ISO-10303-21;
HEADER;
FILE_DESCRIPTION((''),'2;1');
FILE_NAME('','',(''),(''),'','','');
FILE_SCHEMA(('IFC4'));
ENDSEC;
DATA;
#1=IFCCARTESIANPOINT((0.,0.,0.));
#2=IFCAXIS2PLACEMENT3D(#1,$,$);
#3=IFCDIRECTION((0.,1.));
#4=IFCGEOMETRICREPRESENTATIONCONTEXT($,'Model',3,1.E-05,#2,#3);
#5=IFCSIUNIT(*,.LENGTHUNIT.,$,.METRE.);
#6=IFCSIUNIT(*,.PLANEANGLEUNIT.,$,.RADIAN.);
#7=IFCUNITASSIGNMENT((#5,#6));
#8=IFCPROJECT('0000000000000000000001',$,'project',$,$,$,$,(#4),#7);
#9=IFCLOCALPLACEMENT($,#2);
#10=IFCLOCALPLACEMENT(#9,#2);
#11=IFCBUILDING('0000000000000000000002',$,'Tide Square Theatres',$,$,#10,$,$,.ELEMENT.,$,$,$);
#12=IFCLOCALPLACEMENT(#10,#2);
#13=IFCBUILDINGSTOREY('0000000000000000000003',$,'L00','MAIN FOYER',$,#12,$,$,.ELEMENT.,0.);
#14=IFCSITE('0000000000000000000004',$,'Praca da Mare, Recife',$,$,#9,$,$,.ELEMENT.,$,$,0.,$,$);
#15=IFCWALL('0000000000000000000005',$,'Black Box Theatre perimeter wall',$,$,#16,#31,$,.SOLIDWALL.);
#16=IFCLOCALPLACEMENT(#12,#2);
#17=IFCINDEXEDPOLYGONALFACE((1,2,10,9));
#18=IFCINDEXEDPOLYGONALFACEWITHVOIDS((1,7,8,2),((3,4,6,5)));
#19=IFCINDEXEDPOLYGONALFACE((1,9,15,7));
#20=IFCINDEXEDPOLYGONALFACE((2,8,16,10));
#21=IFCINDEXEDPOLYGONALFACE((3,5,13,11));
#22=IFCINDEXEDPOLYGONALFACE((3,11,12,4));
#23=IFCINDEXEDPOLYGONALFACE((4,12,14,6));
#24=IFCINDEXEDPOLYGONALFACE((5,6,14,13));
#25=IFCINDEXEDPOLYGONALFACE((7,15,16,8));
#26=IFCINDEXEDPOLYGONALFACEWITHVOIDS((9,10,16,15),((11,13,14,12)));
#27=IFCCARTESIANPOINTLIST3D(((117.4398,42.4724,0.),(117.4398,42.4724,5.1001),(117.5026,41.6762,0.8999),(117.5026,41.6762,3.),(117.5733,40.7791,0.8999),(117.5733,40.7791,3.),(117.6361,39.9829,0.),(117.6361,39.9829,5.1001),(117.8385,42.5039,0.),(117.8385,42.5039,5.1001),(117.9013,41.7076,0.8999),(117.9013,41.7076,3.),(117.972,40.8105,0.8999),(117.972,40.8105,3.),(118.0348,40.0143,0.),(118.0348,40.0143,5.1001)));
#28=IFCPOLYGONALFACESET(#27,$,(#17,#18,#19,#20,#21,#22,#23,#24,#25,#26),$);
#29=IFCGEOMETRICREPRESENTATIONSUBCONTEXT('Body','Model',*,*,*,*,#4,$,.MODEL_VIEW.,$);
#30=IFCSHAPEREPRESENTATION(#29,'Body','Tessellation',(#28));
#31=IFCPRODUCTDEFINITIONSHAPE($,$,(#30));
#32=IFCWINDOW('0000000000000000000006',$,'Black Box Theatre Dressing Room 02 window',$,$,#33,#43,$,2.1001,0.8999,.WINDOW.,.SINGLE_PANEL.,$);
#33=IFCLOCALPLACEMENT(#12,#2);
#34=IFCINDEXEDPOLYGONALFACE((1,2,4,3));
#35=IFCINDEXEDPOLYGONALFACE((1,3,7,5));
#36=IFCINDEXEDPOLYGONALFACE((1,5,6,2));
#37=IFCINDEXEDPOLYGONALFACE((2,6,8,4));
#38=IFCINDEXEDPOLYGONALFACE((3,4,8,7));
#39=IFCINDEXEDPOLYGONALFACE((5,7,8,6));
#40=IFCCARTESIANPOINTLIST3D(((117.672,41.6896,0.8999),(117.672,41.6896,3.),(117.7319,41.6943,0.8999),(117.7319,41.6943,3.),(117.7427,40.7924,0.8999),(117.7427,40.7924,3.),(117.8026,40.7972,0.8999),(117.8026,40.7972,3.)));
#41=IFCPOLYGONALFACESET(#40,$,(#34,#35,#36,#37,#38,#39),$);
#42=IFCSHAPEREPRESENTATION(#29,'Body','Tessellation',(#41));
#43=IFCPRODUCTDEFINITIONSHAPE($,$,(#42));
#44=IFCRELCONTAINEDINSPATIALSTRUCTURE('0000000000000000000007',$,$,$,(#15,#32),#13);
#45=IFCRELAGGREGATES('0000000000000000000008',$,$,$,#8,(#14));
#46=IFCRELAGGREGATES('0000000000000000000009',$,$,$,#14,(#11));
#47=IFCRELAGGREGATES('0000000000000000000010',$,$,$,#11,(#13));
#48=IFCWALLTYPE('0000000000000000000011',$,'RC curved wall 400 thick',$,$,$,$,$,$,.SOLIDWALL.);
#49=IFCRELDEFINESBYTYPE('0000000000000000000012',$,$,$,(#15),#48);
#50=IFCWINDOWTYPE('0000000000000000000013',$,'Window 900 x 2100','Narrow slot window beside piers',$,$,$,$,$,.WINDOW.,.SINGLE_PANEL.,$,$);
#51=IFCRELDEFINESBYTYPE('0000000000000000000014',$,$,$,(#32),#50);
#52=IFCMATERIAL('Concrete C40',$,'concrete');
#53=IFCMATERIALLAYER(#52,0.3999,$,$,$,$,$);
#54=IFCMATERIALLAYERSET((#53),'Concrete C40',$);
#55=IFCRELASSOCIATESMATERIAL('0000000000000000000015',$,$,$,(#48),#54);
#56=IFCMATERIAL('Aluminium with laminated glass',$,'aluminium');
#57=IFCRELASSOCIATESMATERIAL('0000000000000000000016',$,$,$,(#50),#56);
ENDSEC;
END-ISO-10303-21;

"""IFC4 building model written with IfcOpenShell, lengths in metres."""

from ifc_helpers import new_model, si_unit, direction, frame, frame_2d, origin, place, context, subcontext, project, spatial, rectangle, extrude, material, layer, layer_set, type_object, element, fill, save


model = new_model("IFC4")

# Units and contexts
model_context = context("Model", 3, precision=1e-05, world=origin(), true_north=direction((0.0, 1.0)))
body_context = subcontext(model_context, "Body", "Model", "MODEL_VIEW")
ifc_project = project(units=[si_unit("LENGTHUNIT", "METRE"), si_unit("PLANEANGLEUNIT", "RADIAN")], contexts=[model_context])

# Site, building, storey
site_placement = place(None, origin())
site = spatial("IfcSite", under=ifc_project, at=site_placement, Name="Praca da Mare, Recife", CompositionType="ELEMENT", RefElevation=0.0)
building_placement = place(site_placement, origin())
building = spatial("IfcBuilding", under=site, at=building_placement, Name="Tide Square Theatres", CompositionType="ELEMENT")
storey_placement = place(building_placement, origin())
storey = spatial("IfcBuildingStorey", under=building, at=storey_placement, Name="L00", Description="MAIN FOYER", CompositionType="ELEMENT", Elevation=0.0)

# Wall, opening, window
ifc_material_1 = material(Name="Concrete C40", Category="concrete")
ifc_layer_1 = layer(ifc_material_1, 0.3999)
ifc_layer_set_1 = layer_set([ifc_layer_1], Name="Concrete C40")
wall_type_1 = type_object("IfcWallType", Name="RC curved wall 400 thick", PredefinedType="SOLIDWALL", material=ifc_layer_set_1)
ifc_material_2 = material(Name="Aluminium with laminated glass", Category="aluminium")
window_type_1 = type_object("IfcWindowType", Name="Window 900 x 2100", Description="Narrow slot window beside piers", PartitioningType="SINGLE_PANEL", PredefinedType="WINDOW", material=ifc_material_2)
wall_1_placement = place(storey_placement, frame((117.6392, 42.488, 0.0), z_axis=(0.0, 0.0, 1.0), x_axis=(0.078603, -0.996906, 0.0)))
wall_1 = element("IfcWall", 1, at=wall_1_placement, inside=storey, type_object=wall_type_1, Name="Black Box Theatre perimeter wall", PredefinedType="SOLIDWALL", context=body_context, shape_type="SweptSolid", body=[
    extrude(rectangle(XDim=2.4973, YDim=0.3999, at=frame_2d((1.2485, 0.0))), origin(), (0.0, 0.0, 1.0), 5.1001),
])
opening_1_placement = place(wall_1_placement, frame((0.7986, 0.0, 0.8999)))
opening_1 = element("IfcOpeningElement", 2, at=opening_1_placement, cuts=wall_1, PredefinedType="OPENING", context=body_context, shape_type="SweptSolid", body=[
    extrude(rectangle(XDim=0.8999, YDim=2.1001, at=frame_2d((0.45, 1.05))), frame((0.0, 0.21, 0.0), z_axis=(0.0, -1.0, 0.0), x_axis=(1.0, 0.0, 0.0)), (0.0, 0.0, 1.0), 0.4199),
])
window_1_placement = place(opening_1_placement, origin())
window_1 = element("IfcWindow", 3, at=window_1_placement, inside=storey, type_object=window_type_1, Name="Black Box Theatre Dressing Room 02 window", OverallHeight=2.1001, OverallWidth=0.8999, PartitioningType="SINGLE_PANEL", PredefinedType="WINDOW", context=body_context, shape_type="SweptSolid", body=[
    extrude(rectangle(XDim=0.8999, YDim=2.1001, at=frame_2d((0.45, 1.05))), frame((0.0, 0.03, 0.0), z_axis=(0.0, -1.0, 0.0), x_axis=(1.0, 0.0, 0.0)), (0.0, 0.0, 1.0), 0.0601),
])
fill(opening_1, window_1)

save(model, "model.ifc")
